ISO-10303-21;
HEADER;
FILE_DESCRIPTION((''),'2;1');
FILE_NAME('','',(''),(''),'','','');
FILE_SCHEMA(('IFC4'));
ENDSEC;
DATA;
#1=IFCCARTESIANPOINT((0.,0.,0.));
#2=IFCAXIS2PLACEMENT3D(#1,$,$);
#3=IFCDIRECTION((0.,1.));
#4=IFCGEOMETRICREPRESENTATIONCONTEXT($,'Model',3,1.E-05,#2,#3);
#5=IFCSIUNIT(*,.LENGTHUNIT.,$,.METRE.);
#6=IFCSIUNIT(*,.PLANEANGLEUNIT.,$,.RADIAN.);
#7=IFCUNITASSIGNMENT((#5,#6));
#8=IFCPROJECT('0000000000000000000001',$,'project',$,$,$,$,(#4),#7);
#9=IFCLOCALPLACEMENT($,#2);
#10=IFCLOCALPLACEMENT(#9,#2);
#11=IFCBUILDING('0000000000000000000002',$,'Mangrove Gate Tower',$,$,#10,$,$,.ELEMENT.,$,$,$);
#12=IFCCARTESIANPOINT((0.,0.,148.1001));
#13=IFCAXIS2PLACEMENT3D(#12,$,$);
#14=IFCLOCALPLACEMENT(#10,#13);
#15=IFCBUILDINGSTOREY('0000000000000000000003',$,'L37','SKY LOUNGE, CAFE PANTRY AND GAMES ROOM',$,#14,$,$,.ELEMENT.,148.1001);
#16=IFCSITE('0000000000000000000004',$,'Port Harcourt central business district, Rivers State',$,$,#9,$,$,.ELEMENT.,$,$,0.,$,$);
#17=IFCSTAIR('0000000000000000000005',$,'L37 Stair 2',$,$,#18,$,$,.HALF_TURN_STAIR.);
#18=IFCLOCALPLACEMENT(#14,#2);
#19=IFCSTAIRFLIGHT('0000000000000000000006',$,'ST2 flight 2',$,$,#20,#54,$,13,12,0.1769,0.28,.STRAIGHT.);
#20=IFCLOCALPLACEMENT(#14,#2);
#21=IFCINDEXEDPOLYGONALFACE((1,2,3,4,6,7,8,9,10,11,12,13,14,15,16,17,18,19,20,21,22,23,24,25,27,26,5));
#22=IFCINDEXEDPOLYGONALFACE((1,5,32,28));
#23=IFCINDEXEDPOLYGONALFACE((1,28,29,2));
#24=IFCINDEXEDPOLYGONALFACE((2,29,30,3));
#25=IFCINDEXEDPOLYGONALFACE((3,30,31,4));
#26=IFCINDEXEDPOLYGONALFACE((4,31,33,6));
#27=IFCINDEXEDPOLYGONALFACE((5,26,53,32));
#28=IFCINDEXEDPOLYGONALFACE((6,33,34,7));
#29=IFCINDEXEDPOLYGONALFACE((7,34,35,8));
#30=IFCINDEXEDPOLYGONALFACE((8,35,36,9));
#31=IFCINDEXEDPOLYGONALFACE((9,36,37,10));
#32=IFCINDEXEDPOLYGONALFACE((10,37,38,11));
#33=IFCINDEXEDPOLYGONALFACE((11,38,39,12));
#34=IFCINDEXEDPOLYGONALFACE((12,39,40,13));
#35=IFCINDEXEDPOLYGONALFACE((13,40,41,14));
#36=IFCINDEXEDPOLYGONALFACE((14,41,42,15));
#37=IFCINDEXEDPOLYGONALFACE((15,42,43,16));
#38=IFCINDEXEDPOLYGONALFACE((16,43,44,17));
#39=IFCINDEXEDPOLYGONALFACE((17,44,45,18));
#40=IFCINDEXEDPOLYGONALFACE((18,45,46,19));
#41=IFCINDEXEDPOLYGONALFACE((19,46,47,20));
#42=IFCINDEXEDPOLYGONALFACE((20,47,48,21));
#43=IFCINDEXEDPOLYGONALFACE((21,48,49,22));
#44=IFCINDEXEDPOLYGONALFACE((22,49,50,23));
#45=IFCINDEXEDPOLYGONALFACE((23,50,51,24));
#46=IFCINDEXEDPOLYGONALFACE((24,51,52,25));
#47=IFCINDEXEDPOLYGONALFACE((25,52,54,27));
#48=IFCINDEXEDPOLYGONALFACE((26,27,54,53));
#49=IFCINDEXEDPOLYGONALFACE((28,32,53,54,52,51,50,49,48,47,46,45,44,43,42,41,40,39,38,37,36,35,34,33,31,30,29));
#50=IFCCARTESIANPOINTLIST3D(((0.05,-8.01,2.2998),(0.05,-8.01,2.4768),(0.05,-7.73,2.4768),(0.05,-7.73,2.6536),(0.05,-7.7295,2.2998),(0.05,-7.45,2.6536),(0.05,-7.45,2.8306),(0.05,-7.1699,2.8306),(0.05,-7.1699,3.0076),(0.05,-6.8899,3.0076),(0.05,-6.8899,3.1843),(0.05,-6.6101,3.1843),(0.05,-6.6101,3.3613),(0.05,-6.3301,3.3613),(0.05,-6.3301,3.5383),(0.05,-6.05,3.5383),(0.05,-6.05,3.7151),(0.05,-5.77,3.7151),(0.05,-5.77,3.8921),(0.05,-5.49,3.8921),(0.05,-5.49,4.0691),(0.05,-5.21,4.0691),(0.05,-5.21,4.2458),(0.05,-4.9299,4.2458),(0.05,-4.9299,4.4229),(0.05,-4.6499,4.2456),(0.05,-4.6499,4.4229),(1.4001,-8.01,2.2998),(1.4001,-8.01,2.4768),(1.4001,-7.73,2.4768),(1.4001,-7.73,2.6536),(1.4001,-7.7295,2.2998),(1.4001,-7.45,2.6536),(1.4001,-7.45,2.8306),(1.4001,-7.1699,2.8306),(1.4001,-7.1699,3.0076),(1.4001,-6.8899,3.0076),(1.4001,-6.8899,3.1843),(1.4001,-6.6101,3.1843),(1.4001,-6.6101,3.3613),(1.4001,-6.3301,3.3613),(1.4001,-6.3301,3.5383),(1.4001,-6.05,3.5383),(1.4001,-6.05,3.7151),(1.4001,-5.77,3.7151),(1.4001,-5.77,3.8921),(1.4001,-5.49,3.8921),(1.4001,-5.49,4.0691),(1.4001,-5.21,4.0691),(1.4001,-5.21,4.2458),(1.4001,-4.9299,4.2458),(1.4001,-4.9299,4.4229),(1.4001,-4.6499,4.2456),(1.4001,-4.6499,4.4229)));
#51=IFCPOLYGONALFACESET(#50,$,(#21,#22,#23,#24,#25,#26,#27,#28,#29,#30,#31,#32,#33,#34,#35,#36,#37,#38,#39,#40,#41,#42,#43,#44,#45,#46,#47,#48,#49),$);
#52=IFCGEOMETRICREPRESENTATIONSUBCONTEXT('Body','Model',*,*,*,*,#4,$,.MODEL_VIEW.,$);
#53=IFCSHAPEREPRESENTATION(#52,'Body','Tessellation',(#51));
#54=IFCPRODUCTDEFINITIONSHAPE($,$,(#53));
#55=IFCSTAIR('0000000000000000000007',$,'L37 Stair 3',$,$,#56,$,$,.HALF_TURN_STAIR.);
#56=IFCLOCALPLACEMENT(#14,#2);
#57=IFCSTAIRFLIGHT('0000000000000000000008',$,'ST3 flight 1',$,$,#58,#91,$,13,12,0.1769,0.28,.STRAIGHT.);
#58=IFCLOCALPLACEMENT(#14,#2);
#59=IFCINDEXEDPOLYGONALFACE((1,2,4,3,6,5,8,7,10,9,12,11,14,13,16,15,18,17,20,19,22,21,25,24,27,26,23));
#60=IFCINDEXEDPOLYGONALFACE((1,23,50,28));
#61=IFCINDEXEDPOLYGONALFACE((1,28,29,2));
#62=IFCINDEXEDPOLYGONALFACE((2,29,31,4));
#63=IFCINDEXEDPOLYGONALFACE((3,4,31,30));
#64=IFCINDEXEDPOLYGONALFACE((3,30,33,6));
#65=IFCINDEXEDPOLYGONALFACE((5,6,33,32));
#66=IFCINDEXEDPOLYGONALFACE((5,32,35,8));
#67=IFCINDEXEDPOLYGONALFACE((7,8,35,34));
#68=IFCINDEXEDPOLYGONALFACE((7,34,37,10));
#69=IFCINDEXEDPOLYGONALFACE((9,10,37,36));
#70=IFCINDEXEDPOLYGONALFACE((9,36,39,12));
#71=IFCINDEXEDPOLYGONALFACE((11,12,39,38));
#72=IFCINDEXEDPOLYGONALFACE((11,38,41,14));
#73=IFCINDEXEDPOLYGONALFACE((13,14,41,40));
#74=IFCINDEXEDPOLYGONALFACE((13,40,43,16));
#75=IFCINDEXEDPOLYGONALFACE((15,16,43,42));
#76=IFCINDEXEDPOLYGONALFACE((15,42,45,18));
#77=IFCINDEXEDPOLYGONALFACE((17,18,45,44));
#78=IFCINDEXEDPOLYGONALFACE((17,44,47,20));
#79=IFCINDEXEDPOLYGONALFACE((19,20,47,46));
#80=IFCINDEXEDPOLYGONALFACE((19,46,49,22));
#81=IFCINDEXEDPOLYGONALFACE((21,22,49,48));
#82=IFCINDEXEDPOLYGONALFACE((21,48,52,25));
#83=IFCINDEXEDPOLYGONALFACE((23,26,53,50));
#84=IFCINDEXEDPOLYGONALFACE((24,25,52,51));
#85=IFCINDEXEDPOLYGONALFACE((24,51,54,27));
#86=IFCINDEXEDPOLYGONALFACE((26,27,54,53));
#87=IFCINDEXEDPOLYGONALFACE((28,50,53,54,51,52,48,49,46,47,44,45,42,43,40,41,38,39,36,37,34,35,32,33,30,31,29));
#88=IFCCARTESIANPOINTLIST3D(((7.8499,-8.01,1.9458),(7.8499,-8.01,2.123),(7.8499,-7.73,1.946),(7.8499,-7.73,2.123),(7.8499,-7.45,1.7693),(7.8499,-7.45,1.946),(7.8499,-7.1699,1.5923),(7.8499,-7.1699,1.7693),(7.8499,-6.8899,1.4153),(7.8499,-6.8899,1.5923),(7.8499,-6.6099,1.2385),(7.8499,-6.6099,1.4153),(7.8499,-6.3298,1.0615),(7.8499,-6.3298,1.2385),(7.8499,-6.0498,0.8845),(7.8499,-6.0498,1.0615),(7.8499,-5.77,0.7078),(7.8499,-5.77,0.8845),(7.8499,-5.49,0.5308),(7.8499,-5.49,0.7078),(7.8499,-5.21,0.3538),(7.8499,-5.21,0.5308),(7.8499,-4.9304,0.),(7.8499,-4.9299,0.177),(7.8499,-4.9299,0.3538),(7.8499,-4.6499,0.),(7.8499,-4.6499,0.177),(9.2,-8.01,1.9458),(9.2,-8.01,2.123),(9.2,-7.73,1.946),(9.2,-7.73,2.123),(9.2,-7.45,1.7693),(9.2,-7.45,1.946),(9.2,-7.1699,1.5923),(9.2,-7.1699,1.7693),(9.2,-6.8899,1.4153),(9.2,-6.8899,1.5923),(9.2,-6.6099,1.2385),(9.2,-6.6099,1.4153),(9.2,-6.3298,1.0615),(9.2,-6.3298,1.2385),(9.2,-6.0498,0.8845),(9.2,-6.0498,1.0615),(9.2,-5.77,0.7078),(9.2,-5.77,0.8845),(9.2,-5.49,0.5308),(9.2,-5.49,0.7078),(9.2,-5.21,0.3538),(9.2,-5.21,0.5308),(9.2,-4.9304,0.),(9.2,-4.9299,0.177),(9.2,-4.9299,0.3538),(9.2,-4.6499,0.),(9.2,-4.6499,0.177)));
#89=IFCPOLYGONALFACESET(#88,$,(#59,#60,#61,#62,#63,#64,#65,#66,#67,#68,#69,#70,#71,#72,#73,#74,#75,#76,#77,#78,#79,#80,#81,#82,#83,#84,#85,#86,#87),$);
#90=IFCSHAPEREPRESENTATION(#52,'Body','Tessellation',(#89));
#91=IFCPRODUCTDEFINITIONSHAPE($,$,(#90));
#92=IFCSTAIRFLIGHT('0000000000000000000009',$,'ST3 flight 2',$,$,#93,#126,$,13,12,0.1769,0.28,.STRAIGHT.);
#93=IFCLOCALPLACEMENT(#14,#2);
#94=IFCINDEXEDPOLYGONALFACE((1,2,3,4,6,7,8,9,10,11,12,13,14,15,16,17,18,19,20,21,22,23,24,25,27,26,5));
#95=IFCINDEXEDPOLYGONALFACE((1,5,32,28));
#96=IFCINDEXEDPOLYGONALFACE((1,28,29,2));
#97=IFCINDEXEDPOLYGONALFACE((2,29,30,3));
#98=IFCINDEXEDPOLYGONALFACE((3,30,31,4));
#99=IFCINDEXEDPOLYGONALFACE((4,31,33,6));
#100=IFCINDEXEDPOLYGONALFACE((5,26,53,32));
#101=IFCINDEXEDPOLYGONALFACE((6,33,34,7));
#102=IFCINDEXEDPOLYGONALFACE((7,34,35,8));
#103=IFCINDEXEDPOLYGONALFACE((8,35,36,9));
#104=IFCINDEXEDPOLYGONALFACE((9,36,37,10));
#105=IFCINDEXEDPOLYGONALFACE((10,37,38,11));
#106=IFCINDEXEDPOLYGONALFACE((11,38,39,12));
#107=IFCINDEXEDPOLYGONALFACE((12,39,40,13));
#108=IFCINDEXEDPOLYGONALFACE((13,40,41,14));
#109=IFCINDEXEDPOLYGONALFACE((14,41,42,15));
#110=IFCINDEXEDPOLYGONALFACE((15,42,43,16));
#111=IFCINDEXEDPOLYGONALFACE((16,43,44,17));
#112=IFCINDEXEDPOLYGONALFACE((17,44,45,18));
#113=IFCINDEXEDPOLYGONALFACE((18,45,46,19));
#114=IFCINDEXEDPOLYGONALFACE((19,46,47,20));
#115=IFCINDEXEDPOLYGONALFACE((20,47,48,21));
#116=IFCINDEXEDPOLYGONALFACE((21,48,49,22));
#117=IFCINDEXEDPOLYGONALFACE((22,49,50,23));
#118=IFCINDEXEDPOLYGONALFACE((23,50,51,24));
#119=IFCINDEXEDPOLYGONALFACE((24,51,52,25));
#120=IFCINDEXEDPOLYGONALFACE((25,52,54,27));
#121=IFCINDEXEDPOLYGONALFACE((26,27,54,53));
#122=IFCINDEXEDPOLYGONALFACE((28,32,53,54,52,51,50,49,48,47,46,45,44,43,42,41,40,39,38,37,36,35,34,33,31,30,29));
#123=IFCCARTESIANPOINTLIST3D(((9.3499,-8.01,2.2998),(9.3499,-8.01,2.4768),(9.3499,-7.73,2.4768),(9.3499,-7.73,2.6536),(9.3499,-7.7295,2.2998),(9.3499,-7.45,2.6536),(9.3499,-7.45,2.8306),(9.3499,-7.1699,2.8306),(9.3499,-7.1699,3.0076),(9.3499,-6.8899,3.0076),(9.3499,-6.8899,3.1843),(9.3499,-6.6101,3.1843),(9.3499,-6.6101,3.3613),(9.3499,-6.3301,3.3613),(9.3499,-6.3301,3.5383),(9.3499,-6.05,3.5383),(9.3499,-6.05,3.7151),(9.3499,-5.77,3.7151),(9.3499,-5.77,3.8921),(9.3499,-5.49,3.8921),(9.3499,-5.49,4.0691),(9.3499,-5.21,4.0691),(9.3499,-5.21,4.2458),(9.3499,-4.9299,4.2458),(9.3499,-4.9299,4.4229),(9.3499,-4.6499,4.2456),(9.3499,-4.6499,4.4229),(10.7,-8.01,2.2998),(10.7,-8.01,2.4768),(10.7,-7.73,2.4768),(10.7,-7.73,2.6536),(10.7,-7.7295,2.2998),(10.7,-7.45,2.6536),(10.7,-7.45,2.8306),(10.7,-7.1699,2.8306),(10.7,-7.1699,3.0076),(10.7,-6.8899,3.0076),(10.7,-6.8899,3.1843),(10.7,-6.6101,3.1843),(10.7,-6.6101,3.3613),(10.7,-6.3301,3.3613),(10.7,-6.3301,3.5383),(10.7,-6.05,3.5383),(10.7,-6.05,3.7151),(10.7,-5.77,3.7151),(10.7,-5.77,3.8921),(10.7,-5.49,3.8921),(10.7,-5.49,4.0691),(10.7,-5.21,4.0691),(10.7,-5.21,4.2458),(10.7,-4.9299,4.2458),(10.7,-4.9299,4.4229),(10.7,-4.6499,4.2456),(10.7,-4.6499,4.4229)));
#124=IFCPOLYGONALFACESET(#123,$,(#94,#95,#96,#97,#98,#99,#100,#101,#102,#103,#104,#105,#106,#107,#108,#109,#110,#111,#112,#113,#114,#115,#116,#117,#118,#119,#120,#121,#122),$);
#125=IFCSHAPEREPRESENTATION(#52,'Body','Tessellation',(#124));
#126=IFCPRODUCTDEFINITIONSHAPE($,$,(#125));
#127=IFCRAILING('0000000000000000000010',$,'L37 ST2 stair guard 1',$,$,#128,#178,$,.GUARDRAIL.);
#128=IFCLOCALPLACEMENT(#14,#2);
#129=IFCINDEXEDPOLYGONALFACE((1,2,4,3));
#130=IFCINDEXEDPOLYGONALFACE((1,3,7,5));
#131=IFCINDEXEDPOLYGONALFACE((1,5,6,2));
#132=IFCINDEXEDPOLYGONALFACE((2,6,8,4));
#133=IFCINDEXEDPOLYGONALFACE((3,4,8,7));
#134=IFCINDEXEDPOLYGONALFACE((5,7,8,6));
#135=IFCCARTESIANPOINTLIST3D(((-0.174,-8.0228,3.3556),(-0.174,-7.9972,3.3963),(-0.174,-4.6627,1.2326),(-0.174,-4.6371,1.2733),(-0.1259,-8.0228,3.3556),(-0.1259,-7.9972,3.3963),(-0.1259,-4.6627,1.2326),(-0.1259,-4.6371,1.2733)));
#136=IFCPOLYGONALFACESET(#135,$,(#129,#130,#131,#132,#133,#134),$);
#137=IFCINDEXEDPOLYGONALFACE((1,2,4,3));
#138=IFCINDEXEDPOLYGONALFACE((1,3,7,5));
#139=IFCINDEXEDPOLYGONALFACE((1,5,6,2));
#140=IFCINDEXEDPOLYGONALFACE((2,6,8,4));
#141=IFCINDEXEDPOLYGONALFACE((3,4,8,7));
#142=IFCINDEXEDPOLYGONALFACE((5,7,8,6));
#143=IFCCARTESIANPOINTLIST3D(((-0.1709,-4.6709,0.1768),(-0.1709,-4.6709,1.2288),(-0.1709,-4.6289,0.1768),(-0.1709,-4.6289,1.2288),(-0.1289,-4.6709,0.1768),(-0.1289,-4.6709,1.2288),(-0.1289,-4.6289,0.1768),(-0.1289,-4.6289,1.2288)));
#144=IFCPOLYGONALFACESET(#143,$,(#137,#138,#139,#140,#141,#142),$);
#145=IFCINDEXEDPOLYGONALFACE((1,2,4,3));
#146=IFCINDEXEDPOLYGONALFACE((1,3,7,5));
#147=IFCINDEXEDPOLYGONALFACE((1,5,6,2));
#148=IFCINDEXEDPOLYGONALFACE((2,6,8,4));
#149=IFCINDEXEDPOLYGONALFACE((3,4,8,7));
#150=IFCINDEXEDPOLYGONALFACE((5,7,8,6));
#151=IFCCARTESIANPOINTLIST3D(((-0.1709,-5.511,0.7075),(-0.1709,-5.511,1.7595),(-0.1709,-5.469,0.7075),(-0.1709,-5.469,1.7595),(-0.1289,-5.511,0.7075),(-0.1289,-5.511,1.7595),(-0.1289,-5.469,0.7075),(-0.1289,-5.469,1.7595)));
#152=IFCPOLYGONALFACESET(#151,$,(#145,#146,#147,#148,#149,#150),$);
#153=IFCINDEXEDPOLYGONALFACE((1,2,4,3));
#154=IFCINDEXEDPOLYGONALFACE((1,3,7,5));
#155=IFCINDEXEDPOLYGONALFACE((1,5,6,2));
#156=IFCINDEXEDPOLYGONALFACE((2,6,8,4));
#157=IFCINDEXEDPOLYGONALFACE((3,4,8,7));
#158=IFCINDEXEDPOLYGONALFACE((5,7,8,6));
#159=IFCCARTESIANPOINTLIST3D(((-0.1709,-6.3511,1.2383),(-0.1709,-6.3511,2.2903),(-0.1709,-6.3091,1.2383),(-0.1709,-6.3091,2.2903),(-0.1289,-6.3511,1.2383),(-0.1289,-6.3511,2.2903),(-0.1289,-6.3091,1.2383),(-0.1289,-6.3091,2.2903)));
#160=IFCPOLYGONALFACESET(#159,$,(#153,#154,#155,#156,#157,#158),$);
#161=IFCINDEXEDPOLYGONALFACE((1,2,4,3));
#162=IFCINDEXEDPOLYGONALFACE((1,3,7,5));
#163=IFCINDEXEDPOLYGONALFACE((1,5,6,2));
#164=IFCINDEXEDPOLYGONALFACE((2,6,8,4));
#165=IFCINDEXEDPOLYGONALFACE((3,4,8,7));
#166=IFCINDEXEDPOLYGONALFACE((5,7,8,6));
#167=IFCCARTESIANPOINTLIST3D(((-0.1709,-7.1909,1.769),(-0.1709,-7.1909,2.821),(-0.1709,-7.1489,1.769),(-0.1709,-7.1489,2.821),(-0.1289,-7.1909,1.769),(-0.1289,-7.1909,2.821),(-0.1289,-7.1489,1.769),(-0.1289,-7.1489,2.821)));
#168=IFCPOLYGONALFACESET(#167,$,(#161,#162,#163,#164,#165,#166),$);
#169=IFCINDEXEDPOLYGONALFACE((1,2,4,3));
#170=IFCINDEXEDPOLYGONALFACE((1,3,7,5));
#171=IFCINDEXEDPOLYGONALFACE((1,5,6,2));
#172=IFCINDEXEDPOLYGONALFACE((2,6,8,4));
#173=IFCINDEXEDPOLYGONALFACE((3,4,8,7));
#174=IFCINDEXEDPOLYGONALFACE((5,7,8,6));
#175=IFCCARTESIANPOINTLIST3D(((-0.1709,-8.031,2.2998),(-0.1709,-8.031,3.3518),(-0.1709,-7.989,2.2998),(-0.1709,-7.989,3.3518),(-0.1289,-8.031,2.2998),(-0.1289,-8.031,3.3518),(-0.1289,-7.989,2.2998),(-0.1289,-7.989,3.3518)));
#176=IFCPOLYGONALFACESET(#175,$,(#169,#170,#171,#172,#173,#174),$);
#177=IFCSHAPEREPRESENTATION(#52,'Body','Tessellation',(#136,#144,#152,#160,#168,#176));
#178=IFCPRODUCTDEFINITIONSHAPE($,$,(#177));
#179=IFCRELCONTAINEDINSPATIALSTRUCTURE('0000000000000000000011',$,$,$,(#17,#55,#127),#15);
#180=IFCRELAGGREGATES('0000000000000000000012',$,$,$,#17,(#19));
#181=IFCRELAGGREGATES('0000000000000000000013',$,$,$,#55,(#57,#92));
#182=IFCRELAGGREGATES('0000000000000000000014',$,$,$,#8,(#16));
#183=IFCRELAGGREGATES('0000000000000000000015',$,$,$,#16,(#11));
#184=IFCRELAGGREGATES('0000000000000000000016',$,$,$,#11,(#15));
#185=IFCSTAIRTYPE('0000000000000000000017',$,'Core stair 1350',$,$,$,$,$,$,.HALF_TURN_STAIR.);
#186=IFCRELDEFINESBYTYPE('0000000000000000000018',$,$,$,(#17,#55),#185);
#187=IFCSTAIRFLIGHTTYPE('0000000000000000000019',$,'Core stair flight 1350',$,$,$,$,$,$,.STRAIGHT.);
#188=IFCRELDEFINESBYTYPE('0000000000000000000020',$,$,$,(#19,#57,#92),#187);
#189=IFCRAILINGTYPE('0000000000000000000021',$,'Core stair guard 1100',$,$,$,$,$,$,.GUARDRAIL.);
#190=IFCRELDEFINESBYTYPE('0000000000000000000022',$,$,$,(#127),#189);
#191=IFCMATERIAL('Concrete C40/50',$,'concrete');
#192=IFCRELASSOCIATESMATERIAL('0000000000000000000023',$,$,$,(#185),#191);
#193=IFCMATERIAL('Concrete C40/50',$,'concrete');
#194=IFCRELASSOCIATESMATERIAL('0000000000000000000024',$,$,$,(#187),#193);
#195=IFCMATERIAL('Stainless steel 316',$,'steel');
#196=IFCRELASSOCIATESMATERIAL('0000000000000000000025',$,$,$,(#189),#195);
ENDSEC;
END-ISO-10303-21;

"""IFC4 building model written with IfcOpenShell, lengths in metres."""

from ifc_helpers import new_model, si_unit, direction, frame, origin, origin_2d, place, context, subcontext, project, spatial, polyline, rectangle, outline, extrude, material, type_object, element, aggregate, save


model = new_model("IFC4")

# Units and contexts
model_context = context("Model", 3, precision=1e-05, world=origin(), true_north=direction((0.0, 1.0)))
body_context = subcontext(model_context, "Body", "Model", "MODEL_VIEW")
ifc_project = project(units=[si_unit("LENGTHUNIT", "METRE"), si_unit("PLANEANGLEUNIT", "RADIAN")], contexts=[model_context])

# Site, building, storey
site_placement = place(None, origin())
site = spatial("IfcSite", under=ifc_project, at=site_placement, Name="Port Harcourt central business district, Rivers State", CompositionType="ELEMENT", RefElevation=0.0)
building_placement = place(site_placement, origin())
building = spatial("IfcBuilding", under=site, at=building_placement, Name="Mangrove Gate Tower", CompositionType="ELEMENT")
storey_placement = place(building_placement, frame((0.0, 0.0, 148.1001)))
storey = spatial("IfcBuildingStorey", under=building, at=storey_placement, Name="L37", Description="SKY LOUNGE, CAFE PANTRY AND GAMES ROOM", CompositionType="ELEMENT", Elevation=148.1001)

# Stair, stair flight
ifc_material_1 = material(Name="Concrete C40/50", Category="concrete")
stair_type = type_object("IfcStairType", Name="Core stair 1350", PredefinedType="HALF_TURN_STAIR", material=ifc_material_1)
stair_1_placement = place(storey_placement, origin())
stair_1 = element("IfcStair", 1, at=stair_1_placement, inside=storey, type_object=stair_type, Name="L37 Stair 2", PredefinedType="HALF_TURN_STAIR")
ifc_material_2 = material(Name="Concrete C40/50", Category="concrete")
stair_flight_type = type_object("IfcStairFlightType", Name="Core stair flight 1350", PredefinedType="STRAIGHT", material=ifc_material_2)
stair_flight_1_placement = place(storey_placement, frame((0.7251, -8.01, 2.2998), z_axis=(0.0, 0.0, 1.0), x_axis=(0.0, 1.0, 0.0)))
stair_flight_1 = element("IfcStairFlight", 2, at=stair_flight_1_placement, type_object=stair_flight_type, Name="ST2 flight 2", NumberOfRisers=13, NumberOfTreads=12, PredefinedType="STRAIGHT", RiserHeight=0.1769, TreadLength=0.28, context=body_context, shape_type="SweptSolid", body=[
    extrude(outline(polyline([(0.0, 0.0), (0.0, 0.177), (0.28, 0.177), (0.28, 0.3538), (0.5601, 0.3538), (0.5601, 0.5308), (0.8401, 0.5308), (0.8401, 0.7078), (1.1201, 0.7078), (1.1201, 0.8845), (1.3999, 0.8845), (1.3999, 1.0615), (1.6799, 1.0615), (1.6799, 1.2385), (1.96, 1.2385), (1.96, 1.4153), (2.24, 1.4153), (2.24, 1.5923), (2.52, 1.5923), (2.52, 1.7693), (2.8, 1.7693), (2.8, 1.946), (3.0801, 1.946), (3.0801, 2.123), (3.3601, 2.123), (3.3601, 2.3), (3.3601, 1.9458), (0.2805, 0.0), (0.0, 0.0)])), frame((0.0, 0.675, 0.0), z_axis=(0.0, -1.0, 0.0), x_axis=(1.0, 0.0, 0.0)), (0.0, 0.0, 1.0), 1.3501),
])
aggregate(stair_1, [stair_flight_1])

# Stair, stair flights
stair_2_placement = place(storey_placement, origin())
stair_2 = element("IfcStair", 3, at=stair_2_placement, inside=storey, type_object=stair_type, Name="L37 Stair 3", PredefinedType="HALF_TURN_STAIR")
stair_flight_2_placement = place(storey_placement, frame((8.5249, -4.6499, 0.0), z_axis=(0.0, 0.0, 1.0), x_axis=(0.0, -1.0, 0.0)))
stair_flight_2 = element("IfcStairFlight", 4, at=stair_flight_2_placement, type_object=stair_flight_type, Name="ST3 flight 1", NumberOfRisers=13, NumberOfTreads=12, PredefinedType="STRAIGHT", RiserHeight=0.1769, TreadLength=0.28, context=body_context, shape_type="SweptSolid", body=[
    extrude(outline(polyline([(0.0, 0.0), (0.0, 0.177), (0.28, 0.177), (0.28, 0.3538), (0.5601, 0.3538), (0.5601, 0.5308), (0.8401, 0.5308), (0.8401, 0.7078), (1.1201, 0.7078), (1.1201, 0.8845), (1.3999, 0.8845), (1.3999, 1.0615), (1.6799, 1.0615), (1.6799, 1.2385), (1.96, 1.2385), (1.96, 1.4153), (2.24, 1.4153), (2.24, 1.5923), (2.52, 1.5923), (2.52, 1.7693), (2.8, 1.7693), (2.8, 1.946), (3.0801, 1.946), (3.0801, 2.123), (3.3601, 2.123), (3.3601, 2.3), (3.3601, 1.9458), (0.2805, 0.0), (0.0, 0.0)])), frame((0.0, 0.675, 0.0), z_axis=(0.0, -1.0, 0.0), x_axis=(1.0, 0.0, 0.0)), (0.0, 0.0, 1.0), 1.3501),
])
stair_flight_3_placement = place(storey_placement, frame((10.0249, -8.01, 2.2998), z_axis=(0.0, 0.0, 1.0), x_axis=(0.0, 1.0, 0.0)))
stair_flight_3 = element("IfcStairFlight", 5, at=stair_flight_3_placement, type_object=stair_flight_type, Name="ST3 flight 2", NumberOfRisers=13, NumberOfTreads=12, PredefinedType="STRAIGHT", RiserHeight=0.1769, TreadLength=0.28, context=body_context, shape_type="SweptSolid", body=[
    extrude(outline(polyline([(0.0, 0.0), (0.0, 0.177), (0.28, 0.177), (0.28, 0.3538), (0.5601, 0.3538), (0.5601, 0.5308), (0.8401, 0.5308), (0.8401, 0.7078), (1.1201, 0.7078), (1.1201, 0.8845), (1.3999, 0.8845), (1.3999, 1.0615), (1.6799, 1.0615), (1.6799, 1.2385), (1.96, 1.2385), (1.96, 1.4153), (2.24, 1.4153), (2.24, 1.5923), (2.52, 1.5923), (2.52, 1.7693), (2.8, 1.7693), (2.8, 1.946), (3.0801, 1.946), (3.0801, 2.123), (3.3601, 2.123), (3.3601, 2.3), (3.3601, 1.9458), (0.2805, 0.0), (0.0, 0.0)])), frame((0.0, 0.675, 0.0), z_axis=(0.0, -1.0, 0.0), x_axis=(1.0, 0.0, 0.0)), (0.0, 0.0, 1.0), 1.3501),
])
aggregate(stair_2, [stair_flight_2, stair_flight_3])

# Railing
ifc_material_3 = material(Name="Stainless steel 316", Category="steel")
railing_type_1 = type_object("IfcRailingType", Name="Core stair guard 1100", PredefinedType="GUARDRAIL", material=ifc_material_3)
railing_1_placement = place(storey_placement, frame((-0.1499, -4.6499, 0.1768)))
element("IfcRailing", 6, at=railing_1_placement, inside=storey, type_object=railing_type_1, Name="L37 ST2 stair guard 1", PredefinedType="GUARDRAIL", context=body_context, shape_type="SweptSolid", body=[
    extrude(rectangle(XDim=0.0481, YDim=0.0481, at=origin_2d()), frame((0.0, 0.0, 1.0762), z_axis=(0.0, -0.84539, 0.53415), x_axis=(1.0, 0.0, 0.0)), (0.0, 0.0, 1.0), 3.9746),
    extrude(rectangle(XDim=0.042, YDim=0.042, at=origin_2d()), origin(), (0.0, 0.0, 1.0), 1.052),
    extrude(rectangle(XDim=0.042, YDim=0.042, at=origin_2d()), frame((0.0, -0.8401, 0.5308)), (0.0, 0.0, 1.0), 1.052),
    extrude(rectangle(XDim=0.042, YDim=0.042, at=origin_2d()), frame((0.0, -1.6802, 1.0615)), (0.0, 0.0, 1.0), 1.052),
    extrude(rectangle(XDim=0.042, YDim=0.042, at=origin_2d()), frame((0.0, -2.52, 1.5923)), (0.0, 0.0, 1.0), 1.052),
    extrude(rectangle(XDim=0.042, YDim=0.042, at=origin_2d()), frame((0.0, -3.3601, 2.123)), (0.0, 0.0, 1.0), 1.052),
])

save(model, "model.ifc")
